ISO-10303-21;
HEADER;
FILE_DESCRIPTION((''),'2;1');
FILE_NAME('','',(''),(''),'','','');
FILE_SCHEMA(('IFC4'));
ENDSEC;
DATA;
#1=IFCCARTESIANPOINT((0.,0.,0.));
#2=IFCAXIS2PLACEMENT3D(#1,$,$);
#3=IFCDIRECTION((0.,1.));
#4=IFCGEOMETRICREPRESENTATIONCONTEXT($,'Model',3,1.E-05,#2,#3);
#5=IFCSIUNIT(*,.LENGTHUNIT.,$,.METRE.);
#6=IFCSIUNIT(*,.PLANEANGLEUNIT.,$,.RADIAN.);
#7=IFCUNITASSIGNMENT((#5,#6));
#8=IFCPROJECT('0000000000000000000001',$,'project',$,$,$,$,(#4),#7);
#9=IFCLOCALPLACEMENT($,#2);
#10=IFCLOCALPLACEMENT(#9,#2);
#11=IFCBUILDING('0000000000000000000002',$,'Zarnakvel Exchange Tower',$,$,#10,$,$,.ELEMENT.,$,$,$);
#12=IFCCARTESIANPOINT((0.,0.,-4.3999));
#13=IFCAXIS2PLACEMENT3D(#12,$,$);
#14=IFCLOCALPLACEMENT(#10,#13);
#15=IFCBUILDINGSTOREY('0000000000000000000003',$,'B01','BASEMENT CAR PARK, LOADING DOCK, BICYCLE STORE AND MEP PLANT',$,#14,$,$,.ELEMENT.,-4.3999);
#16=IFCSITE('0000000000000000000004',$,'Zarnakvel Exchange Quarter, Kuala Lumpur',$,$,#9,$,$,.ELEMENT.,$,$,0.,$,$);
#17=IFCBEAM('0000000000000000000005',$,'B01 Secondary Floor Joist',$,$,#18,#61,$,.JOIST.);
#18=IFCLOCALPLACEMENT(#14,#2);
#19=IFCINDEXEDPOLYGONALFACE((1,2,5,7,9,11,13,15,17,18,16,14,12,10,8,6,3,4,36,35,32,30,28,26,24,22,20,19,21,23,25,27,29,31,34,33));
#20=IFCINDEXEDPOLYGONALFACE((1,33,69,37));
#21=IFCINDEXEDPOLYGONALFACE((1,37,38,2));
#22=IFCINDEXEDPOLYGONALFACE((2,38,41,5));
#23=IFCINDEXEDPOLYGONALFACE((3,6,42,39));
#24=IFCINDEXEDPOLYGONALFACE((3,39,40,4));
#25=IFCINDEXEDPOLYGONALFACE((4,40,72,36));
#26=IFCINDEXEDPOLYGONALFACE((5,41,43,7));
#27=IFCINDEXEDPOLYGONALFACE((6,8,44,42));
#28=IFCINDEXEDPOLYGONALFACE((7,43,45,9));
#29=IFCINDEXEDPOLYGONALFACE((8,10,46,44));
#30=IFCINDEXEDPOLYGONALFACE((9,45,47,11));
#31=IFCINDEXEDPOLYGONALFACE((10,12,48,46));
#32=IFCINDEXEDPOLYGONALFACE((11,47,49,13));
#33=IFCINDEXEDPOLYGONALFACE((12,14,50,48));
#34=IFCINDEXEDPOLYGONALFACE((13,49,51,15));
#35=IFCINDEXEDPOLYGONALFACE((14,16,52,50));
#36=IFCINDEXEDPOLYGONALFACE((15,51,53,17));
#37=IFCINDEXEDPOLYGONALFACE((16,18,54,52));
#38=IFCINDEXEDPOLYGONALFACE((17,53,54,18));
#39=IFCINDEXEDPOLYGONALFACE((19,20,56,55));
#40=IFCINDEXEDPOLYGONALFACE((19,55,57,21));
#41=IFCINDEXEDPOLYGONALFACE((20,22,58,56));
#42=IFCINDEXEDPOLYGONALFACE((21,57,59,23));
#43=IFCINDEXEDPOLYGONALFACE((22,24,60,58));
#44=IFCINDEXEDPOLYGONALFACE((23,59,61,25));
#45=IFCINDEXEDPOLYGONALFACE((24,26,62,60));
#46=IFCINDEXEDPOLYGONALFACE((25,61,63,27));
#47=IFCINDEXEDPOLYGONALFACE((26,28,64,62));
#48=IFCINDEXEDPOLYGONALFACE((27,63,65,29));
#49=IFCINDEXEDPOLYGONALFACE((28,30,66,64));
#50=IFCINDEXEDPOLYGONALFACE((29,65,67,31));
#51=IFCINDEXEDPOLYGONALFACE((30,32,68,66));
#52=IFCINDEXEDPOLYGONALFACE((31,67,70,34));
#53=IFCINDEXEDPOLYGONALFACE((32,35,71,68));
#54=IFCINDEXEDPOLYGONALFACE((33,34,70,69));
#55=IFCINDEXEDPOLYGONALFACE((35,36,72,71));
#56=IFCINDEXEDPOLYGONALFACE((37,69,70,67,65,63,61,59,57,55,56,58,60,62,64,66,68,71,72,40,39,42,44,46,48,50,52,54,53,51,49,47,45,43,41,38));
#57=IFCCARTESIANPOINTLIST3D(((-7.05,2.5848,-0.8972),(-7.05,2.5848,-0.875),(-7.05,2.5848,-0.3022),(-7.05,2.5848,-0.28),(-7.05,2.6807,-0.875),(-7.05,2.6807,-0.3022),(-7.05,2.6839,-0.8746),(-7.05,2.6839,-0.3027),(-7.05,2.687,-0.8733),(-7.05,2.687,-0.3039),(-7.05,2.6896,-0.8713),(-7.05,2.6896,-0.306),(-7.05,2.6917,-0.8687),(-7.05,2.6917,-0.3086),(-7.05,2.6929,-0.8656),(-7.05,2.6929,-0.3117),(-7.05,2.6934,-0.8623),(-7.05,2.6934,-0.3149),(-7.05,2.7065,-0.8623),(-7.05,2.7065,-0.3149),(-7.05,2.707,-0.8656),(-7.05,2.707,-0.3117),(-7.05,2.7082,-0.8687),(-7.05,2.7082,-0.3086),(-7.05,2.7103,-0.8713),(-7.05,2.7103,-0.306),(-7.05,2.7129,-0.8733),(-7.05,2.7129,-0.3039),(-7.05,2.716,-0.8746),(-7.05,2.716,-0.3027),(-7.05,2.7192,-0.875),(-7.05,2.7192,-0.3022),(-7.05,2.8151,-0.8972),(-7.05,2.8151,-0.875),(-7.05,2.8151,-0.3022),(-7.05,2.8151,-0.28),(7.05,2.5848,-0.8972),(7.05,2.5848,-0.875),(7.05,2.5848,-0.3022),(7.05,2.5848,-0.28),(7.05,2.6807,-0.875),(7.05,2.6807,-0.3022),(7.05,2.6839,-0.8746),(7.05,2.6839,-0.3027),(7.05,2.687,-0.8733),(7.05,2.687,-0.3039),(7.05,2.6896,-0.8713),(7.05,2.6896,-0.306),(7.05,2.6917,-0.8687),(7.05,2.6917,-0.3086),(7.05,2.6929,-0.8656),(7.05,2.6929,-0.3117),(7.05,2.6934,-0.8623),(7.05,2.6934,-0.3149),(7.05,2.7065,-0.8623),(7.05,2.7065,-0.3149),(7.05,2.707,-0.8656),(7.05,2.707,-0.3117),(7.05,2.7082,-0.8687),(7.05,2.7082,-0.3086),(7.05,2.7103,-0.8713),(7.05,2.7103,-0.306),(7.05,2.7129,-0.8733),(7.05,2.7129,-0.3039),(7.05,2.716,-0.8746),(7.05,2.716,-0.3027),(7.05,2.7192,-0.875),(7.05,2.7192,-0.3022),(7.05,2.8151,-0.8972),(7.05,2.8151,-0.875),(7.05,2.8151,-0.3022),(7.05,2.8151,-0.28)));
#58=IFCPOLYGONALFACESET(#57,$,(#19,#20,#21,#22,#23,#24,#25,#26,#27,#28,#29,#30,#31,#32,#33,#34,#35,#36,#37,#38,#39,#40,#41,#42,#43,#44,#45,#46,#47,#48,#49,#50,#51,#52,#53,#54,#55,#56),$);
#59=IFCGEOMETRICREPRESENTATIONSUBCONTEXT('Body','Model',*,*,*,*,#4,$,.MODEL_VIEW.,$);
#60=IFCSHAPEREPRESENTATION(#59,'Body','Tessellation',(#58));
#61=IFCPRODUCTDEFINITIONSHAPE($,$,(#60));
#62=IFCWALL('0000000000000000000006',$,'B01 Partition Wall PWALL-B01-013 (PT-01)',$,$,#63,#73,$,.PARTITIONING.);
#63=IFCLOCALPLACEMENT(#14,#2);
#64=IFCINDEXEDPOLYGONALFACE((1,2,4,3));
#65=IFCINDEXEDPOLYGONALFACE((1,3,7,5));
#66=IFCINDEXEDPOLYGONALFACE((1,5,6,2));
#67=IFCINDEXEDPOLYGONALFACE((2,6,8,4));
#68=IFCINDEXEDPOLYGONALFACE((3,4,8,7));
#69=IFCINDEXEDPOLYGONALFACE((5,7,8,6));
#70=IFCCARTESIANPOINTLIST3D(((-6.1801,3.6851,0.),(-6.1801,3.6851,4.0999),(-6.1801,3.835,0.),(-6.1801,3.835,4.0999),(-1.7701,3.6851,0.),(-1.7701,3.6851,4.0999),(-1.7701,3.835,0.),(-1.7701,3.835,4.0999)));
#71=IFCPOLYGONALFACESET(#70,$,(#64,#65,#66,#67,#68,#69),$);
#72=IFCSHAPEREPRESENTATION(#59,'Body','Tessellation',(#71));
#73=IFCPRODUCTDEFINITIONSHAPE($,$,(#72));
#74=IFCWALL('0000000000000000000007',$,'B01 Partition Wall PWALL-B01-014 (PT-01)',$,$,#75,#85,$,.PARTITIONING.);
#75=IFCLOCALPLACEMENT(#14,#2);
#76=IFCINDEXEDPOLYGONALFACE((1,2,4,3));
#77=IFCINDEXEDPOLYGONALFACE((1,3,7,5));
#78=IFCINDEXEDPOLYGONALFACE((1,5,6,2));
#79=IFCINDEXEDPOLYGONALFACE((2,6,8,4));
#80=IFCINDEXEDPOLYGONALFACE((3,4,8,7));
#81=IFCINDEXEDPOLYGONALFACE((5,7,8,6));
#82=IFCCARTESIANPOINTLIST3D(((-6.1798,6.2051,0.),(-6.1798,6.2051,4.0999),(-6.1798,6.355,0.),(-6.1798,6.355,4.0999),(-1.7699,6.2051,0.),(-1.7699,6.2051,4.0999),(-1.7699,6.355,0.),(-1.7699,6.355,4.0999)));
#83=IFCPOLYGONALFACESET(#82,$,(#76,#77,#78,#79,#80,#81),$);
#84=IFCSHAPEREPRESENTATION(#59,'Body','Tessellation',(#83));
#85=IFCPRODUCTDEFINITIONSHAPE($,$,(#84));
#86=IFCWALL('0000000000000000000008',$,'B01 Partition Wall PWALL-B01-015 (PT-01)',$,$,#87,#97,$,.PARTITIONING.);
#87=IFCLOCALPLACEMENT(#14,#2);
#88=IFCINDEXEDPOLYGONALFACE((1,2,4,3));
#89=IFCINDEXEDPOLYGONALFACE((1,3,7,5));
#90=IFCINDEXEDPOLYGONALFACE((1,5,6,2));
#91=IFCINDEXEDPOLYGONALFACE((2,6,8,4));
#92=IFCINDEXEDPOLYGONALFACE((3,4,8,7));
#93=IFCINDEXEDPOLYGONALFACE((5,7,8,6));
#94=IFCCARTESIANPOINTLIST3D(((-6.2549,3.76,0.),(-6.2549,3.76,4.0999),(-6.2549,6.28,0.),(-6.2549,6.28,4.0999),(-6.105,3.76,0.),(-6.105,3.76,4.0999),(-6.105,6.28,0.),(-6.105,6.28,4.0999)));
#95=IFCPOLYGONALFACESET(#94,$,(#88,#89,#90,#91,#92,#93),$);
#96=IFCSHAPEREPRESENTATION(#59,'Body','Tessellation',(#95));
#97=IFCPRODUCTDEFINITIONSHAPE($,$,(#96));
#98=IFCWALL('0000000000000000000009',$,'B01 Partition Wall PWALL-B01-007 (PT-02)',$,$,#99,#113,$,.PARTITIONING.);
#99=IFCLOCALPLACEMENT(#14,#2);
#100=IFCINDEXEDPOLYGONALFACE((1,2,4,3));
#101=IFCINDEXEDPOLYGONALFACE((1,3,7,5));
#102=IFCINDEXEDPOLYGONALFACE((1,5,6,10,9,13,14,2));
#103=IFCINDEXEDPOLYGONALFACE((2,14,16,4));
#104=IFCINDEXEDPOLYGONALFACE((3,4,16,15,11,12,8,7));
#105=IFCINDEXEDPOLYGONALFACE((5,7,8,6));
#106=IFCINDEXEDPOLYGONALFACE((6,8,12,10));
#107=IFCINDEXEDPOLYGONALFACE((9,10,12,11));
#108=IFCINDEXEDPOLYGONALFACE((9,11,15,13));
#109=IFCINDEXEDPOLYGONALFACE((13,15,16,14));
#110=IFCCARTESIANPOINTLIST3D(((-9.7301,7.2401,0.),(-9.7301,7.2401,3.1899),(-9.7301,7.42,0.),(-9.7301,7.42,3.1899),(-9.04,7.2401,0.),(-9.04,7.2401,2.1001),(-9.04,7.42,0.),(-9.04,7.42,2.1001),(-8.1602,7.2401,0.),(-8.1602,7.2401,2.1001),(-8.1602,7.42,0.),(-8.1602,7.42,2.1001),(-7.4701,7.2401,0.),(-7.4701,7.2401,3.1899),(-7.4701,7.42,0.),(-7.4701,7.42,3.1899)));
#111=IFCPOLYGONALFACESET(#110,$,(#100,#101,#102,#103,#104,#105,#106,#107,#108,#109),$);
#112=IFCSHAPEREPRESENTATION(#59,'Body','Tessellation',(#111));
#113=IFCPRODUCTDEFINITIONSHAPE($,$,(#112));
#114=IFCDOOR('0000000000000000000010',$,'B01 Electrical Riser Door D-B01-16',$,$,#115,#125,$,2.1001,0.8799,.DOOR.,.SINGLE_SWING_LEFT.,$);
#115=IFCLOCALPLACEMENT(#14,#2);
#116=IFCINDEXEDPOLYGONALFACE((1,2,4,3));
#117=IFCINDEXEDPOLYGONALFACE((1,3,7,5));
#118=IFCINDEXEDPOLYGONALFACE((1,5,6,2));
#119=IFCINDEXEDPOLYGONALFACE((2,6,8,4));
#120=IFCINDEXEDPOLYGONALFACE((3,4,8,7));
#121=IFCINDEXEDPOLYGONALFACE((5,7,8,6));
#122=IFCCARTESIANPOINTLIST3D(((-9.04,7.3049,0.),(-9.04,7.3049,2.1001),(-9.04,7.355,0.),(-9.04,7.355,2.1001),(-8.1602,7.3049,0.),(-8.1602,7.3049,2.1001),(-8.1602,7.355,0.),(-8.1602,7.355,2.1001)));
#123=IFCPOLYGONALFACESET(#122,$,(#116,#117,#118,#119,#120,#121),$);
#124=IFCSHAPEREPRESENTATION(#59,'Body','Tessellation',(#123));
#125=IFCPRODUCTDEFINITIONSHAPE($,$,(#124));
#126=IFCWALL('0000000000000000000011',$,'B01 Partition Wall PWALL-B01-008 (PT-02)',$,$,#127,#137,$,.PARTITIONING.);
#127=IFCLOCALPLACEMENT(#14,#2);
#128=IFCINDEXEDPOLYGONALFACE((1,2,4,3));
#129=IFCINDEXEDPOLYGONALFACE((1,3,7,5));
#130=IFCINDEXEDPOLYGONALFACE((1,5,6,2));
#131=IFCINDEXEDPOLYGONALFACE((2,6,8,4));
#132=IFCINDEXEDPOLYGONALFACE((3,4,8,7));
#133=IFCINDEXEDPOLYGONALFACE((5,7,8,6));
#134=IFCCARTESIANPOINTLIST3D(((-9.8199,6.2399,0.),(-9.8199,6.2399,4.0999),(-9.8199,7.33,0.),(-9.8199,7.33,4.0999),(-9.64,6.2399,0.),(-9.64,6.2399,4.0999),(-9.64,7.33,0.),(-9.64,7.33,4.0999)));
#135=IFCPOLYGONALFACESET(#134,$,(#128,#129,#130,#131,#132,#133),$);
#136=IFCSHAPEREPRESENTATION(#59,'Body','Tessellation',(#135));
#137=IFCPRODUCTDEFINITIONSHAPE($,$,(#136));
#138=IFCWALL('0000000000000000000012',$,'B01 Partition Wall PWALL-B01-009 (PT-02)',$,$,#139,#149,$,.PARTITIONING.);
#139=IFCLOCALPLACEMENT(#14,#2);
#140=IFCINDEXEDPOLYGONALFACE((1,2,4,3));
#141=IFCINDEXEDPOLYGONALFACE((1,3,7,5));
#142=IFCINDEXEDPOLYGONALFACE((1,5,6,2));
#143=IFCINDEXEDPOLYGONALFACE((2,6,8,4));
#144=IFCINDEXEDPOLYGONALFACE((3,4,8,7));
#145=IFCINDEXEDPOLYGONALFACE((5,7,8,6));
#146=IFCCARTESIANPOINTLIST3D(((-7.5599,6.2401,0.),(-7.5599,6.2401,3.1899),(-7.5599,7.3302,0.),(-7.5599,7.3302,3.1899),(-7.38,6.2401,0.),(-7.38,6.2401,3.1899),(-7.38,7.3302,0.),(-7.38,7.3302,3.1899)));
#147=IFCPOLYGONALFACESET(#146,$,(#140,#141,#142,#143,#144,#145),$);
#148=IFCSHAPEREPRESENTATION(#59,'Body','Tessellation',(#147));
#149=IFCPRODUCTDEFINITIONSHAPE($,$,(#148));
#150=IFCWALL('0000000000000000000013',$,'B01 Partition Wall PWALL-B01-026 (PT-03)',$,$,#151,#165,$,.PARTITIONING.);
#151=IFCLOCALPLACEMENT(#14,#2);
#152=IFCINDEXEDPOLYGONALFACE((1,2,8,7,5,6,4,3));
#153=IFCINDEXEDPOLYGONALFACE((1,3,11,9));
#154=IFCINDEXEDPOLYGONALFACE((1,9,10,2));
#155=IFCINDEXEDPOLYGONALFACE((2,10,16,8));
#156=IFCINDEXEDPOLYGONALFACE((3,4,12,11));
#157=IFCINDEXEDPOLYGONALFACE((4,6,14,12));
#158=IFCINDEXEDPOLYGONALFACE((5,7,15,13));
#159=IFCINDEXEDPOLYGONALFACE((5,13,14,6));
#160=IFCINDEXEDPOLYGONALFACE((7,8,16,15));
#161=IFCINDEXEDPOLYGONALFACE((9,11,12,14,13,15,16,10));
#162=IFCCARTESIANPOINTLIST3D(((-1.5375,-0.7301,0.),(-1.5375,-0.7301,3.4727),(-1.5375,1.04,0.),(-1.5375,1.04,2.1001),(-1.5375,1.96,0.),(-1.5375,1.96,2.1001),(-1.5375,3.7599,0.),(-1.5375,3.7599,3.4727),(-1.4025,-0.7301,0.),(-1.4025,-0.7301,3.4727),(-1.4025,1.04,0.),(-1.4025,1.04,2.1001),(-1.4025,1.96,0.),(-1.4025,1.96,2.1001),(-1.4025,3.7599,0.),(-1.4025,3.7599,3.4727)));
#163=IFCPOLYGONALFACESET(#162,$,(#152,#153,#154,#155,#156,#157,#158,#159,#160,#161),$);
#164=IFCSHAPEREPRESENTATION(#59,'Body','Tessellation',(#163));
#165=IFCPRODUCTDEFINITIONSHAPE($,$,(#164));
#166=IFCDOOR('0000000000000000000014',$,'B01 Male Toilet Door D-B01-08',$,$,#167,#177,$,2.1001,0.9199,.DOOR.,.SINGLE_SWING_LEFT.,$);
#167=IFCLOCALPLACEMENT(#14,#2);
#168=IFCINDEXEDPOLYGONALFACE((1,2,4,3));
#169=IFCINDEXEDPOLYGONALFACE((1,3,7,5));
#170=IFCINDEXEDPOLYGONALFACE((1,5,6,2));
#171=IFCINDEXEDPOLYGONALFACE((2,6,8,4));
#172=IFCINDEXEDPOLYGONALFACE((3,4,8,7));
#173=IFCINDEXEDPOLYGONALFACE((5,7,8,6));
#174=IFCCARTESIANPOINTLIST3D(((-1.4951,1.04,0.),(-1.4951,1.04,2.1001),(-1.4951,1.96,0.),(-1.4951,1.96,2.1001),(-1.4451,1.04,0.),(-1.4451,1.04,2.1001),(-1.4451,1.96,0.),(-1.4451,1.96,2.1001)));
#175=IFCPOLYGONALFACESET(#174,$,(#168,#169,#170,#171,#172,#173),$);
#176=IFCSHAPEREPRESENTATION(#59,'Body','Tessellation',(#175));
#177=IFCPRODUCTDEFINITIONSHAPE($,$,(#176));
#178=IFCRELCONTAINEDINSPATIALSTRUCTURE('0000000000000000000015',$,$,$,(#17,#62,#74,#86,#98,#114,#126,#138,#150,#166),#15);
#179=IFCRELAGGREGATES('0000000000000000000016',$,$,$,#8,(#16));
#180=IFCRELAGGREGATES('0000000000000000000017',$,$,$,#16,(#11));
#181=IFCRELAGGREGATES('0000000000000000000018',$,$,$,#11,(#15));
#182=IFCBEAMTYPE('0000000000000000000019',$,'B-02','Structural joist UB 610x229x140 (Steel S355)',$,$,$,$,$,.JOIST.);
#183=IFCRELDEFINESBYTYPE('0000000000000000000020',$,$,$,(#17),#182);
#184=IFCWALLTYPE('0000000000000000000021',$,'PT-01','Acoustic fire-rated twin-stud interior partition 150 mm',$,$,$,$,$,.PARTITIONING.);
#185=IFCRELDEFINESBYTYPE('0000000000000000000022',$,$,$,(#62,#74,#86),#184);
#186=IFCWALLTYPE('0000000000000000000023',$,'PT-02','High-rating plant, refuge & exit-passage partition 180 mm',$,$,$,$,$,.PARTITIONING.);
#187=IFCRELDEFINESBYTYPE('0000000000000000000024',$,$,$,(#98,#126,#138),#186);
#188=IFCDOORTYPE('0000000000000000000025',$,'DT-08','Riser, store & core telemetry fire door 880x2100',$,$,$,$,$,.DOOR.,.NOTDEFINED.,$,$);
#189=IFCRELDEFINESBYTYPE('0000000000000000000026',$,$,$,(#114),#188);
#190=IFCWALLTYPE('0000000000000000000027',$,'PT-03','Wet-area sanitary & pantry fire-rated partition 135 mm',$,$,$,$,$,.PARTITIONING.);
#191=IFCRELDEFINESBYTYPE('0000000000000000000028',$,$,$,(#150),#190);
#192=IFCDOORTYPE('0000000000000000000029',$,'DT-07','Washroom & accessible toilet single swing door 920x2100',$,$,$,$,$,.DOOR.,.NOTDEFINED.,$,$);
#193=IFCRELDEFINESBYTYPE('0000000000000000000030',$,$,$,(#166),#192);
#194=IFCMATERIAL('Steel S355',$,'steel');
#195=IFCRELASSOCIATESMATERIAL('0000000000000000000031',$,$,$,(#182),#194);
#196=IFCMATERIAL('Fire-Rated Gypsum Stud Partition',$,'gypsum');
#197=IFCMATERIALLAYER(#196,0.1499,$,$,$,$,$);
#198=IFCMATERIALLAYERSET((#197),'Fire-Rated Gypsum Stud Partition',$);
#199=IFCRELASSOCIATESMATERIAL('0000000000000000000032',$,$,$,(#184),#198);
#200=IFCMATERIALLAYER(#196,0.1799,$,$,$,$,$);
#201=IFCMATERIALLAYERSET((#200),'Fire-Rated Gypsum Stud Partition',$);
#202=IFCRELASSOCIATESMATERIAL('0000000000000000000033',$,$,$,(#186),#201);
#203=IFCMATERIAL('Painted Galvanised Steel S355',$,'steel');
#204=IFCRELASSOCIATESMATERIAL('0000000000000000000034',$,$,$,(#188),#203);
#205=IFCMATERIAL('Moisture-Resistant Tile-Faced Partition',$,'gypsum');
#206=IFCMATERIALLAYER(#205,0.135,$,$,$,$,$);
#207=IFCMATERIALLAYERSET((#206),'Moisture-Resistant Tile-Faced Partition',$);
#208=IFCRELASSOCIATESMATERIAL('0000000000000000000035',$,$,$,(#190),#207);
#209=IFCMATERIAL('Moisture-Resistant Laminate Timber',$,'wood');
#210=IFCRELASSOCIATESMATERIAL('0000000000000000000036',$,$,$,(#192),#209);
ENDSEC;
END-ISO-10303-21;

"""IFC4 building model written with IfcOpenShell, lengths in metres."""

from ifc_helpers import new_model, si_unit, direction, frame, frame_2d, origin, origin_2d, place, context, subcontext, project, spatial, rectangle, i_section, extrude, source, transform, mapped, material, layer, layer_set, material_profile, profile_set, type_object, element, fill, save


model = new_model("IFC4")

# Units and contexts
model_context = context("Model", 3, precision=1e-05, world=origin(), true_north=direction((0.0, 1.0)))
body_context = subcontext(model_context, "Body", "Model", "MODEL_VIEW")
ifc_project = project(units=[si_unit("LENGTHUNIT", "METRE"), si_unit("PLANEANGLEUNIT", "RADIAN")], contexts=[model_context])

# Site, building, storey
site_placement = place(None, origin())
site = spatial("IfcSite", under=ifc_project, at=site_placement, Name="Zarnakvel Exchange Quarter, Kuala Lumpur", CompositionType="ELEMENT", RefElevation=0.0)
building_placement = place(site_placement, origin())
building = spatial("IfcBuilding", under=site, at=building_placement, Name="Zarnakvel Exchange Tower", CompositionType="ELEMENT")
storey_placement = place(building_placement, frame((0.0, 0.0, -4.3999)))
storey = spatial("IfcBuildingStorey", under=building, at=storey_placement, Name="B01", Description="BASEMENT CAR PARK, LOADING DOCK, BICYCLE STORE AND MEP PLANT", CompositionType="ELEMENT", Elevation=-4.3999)

# Beam
ifc_material_1 = material(Name="Steel S355", Category="steel")
ifc_material_profile = material_profile(ifc_material_1, i_section(OverallWidth=0.2302, OverallDepth=0.6172, WebThickness=0.0132, FlangeThickness=0.0222, FilletRadius=0.0127, at=origin_2d()))
ifc_profile_set = profile_set([ifc_material_profile], Name="Steel S355")
beam_type = type_object("IfcBeamType", Name="B-02", Description="Structural joist UB 610x229x140 (Steel S355)", PredefinedType="JOIST", material=ifc_profile_set)
beam_placement = place(storey_placement, frame((-7.05, 2.7, -0.5886), z_axis=(1.0, 0.0, 0.0), x_axis=(0.0, 1.0, 0.0)))
element("IfcBeam", 1, at=beam_placement, inside=storey, type_object=beam_type, Name="B01 Secondary Floor Joist", PredefinedType="JOIST", context=body_context, shape_type="SweptSolid", body=[
    extrude(i_section(OverallWidth=0.2302, OverallDepth=0.6172, WebThickness=0.0132, FlangeThickness=0.0222, FilletRadius=0.0127, at=origin_2d()), origin(), (0.0, 0.0, 1.0), 14.1001),
])

# Walls
ifc_material_2 = material(Name="Fire-Rated Gypsum Stud Partition", Category="gypsum")
ifc_layer_1 = layer(ifc_material_2, 0.1499)
ifc_layer_set_1 = layer_set([ifc_layer_1], Name="Fire-Rated Gypsum Stud Partition")
wall_type_1 = type_object("IfcWallType", Name="PT-01", Description="Acoustic fire-rated twin-stud interior partition 150 mm", PredefinedType="PARTITIONING", material=ifc_layer_set_1)
for number, where, z_axis, x_axis, name in (
    (2, (-1.77, 3.76, 0.0), (0.0, 0.0, 1.0), (-1.0, 0.0, 0.0), "B01 Partition Wall PWALL-B01-013 (PT-01)"),
    (3, (-6.1799, 6.28, 0.0), (0.0, 0.0, 1.0), (1.0, 0.0, 0.0), "B01 Partition Wall PWALL-B01-014 (PT-01)"),
):
    element("IfcWall", number, at=place(storey_placement, frame(where, z_axis=z_axis, x_axis=x_axis)), inside=storey, type_object=wall_type_1, Name=name, PredefinedType="PARTITIONING", context=body_context, shape_type="SweptSolid", body=[
        extrude(rectangle(XDim=4.4099, YDim=0.1499, at=frame_2d((2.2051, 0.0))), origin(), (0.0, 0.0, 1.0), 4.0999),
    ])
wall_1_placement = place(storey_placement, frame((-6.1799, 3.76, 0.0), z_axis=(0.0, 0.0, 1.0), x_axis=(0.0, 1.0, 0.0)))
element("IfcWall", 4, at=wall_1_placement, inside=storey, type_object=wall_type_1, Name="B01 Partition Wall PWALL-B01-015 (PT-01)", PredefinedType="PARTITIONING", context=body_context, shape_type="SweptSolid", body=[
    extrude(rectangle(XDim=2.52, YDim=0.1499, at=frame_2d((1.26, 0.0))), origin(), (0.0, 0.0, 1.0), 4.0999),
])

# Wall, opening, door
ifc_layer_2 = layer(ifc_material_2, 0.1799)
ifc_layer_set_2 = layer_set([ifc_layer_2], Name="Fire-Rated Gypsum Stud Partition")
wall_type_2 = type_object("IfcWallType", Name="PT-02", Description="High-rating plant, refuge & exit-passage partition 180 mm", PredefinedType="PARTITIONING", material=ifc_layer_set_2)
wall_2_placement = place(storey_placement, frame((-9.73, 7.3301, 0.0), z_axis=(0.0, 0.0, 1.0), x_axis=(1.0, 0.0, 0.0)))
wall_2 = element("IfcWall", 5, at=wall_2_placement, inside=storey, type_object=wall_type_2, Name="B01 Partition Wall PWALL-B01-007 (PT-02)", PredefinedType="PARTITIONING", context=body_context, shape_type="SweptSolid", body=[
    extrude(rectangle(XDim=2.26, YDim=0.1799, at=frame_2d((1.1299, 0.0))), origin(), (0.0, 0.0, 1.0), 3.1899),
])
opening_1_placement = place(wall_2_placement, frame((0.6899, 0.0, 0.0)))
opening_1 = element("IfcOpeningElement", 6, at=opening_1_placement, cuts=wall_2, PredefinedType="OPENING", context=body_context, shape_type="SweptSolid", body=[
    extrude(rectangle(XDim=0.8799, YDim=2.1001, at=frame_2d((0.4399, 1.05))), frame((0.0, 0.0999, 0.0), z_axis=(0.0, -1.0, 0.0), x_axis=(1.0, 0.0, 0.0)), (0.0, 0.0, 1.0), 0.2),
])
ifc_material_3 = material(Name="Painted Galvanised Steel S355", Category="steel")
door_type_1 = type_object("IfcDoorType", Name="DT-08", Description="Riser, store & core telemetry fire door 880x2100", OperationType="NOTDEFINED", PredefinedType="DOOR", material=ifc_material_3)
shared_shape_1 = source(origin(), body_context, "Body", "SweptSolid", [
    extrude(rectangle(XDim=0.8799, YDim=2.1001, at=frame_2d((0.4399, 1.05))), frame((0.0, 0.0249, 0.0), z_axis=(0.0, -1.0, 0.0), x_axis=(1.0, 0.0, 0.0)), (0.0, 0.0, 1.0), 0.05),
])
door_1_placement = place(opening_1_placement, origin())
door_1 = element("IfcDoor", 7, at=door_1_placement, inside=storey, type_object=door_type_1, Name="B01 Electrical Riser Door D-B01-16", OperationType="SINGLE_SWING_LEFT", OverallHeight=2.1001, OverallWidth=0.8799, PredefinedType="DOOR", context=body_context, shape_type="MappedRepresentation", body=[
    mapped(shared_shape_1, transform((0.0, 0.0, 0.0), x_axis=(1.0, 0.0, 0.0), y_axis=(0.0, 1.0, 0.0), z_axis=(0.0, 0.0, 1.0), scale=1.0)),
])
fill(opening_1, door_1)

# Walls
wall_3_placement = place(storey_placement, frame((-9.73, 6.24, 0.0), z_axis=(0.0, 0.0, 1.0), x_axis=(0.0, 1.0, 0.0)))
element("IfcWall", 8, at=wall_3_placement, inside=storey, type_object=wall_type_2, Name="B01 Partition Wall PWALL-B01-008 (PT-02)", PredefinedType="PARTITIONING", context=body_context, shape_type="SweptSolid", body=[
    extrude(rectangle(XDim=1.0901, YDim=0.1799, at=frame_2d((0.5449, 0.0))), origin(), (0.0, 0.0, 1.0), 4.0999),
])
wall_4_placement = place(storey_placement, frame((-7.47, 7.3301, 0.0), z_axis=(0.0, 0.0, 1.0), x_axis=(0.0, -1.0, 0.0)))
element("IfcWall", 9, at=wall_4_placement, inside=storey, type_object=wall_type_2, Name="B01 Partition Wall PWALL-B01-009 (PT-02)", PredefinedType="PARTITIONING", context=body_context, shape_type="SweptSolid", body=[
    extrude(rectangle(XDim=1.0901, YDim=0.1799, at=frame_2d((0.5449, 0.0))), origin(), (0.0, 0.0, 1.0), 3.1899),
])

# Wall, opening, door
ifc_material_4 = material(Name="Moisture-Resistant Tile-Faced Partition", Category="gypsum")
ifc_layer_3 = layer(ifc_material_4, 0.135)
ifc_layer_set_3 = layer_set([ifc_layer_3], Name="Moisture-Resistant Tile-Faced Partition")
wall_type_3 = type_object("IfcWallType", Name="PT-03", Description="Wet-area sanitary & pantry fire-rated partition 135 mm", PredefinedType="PARTITIONING", material=ifc_layer_set_3)
wall_5_placement = place(storey_placement, frame((-1.47, 3.76, 0.0), z_axis=(0.0, 0.0, 1.0), x_axis=(0.0, -1.0, 0.0)))
wall_5 = element("IfcWall", 10, at=wall_5_placement, inside=storey, type_object=wall_type_3, Name="B01 Partition Wall PWALL-B01-026 (PT-03)", PredefinedType="PARTITIONING", context=body_context, shape_type="SweptSolid", body=[
    extrude(rectangle(XDim=4.49, YDim=0.135, at=frame_2d((2.2451, 0.0))), origin(), (0.0, 0.0, 1.0), 3.4727),
])
opening_2_placement = place(wall_5_placement, frame((1.8, 0.0, 0.0)))
opening_2 = element("IfcOpeningElement", 11, at=opening_2_placement, cuts=wall_5, PredefinedType="OPENING", context=body_context, shape_type="SweptSolid", body=[
    extrude(rectangle(XDim=0.9199, YDim=2.1001, at=frame_2d((0.46, 1.05))), frame((0.0, 0.0774, 0.0), z_axis=(0.0, -1.0, 0.0), x_axis=(1.0, 0.0, 0.0)), (0.0, 0.0, 1.0), 0.155),
])
ifc_material_5 = material(Name="Moisture-Resistant Laminate Timber", Category="wood")
door_type_2 = type_object("IfcDoorType", Name="DT-07", Description="Washroom & accessible toilet single swing door 920x2100", OperationType="NOTDEFINED", PredefinedType="DOOR", material=ifc_material_5)
shared_shape_2 = source(origin(), body_context, "Body", "SweptSolid", [
    extrude(rectangle(XDim=0.9199, YDim=2.1001, at=frame_2d((0.46, 1.05))), frame((0.0, 0.0249, 0.0), z_axis=(0.0, -1.0, 0.0), x_axis=(1.0, 0.0, 0.0)), (0.0, 0.0, 1.0), 0.05),
])
door_2_placement = place(opening_2_placement, origin())
door_2 = element("IfcDoor", 12, at=door_2_placement, inside=storey, type_object=door_type_2, Name="B01 Male Toilet Door D-B01-08", OperationType="SINGLE_SWING_LEFT", OverallHeight=2.1001, OverallWidth=0.9199, PredefinedType="DOOR", context=body_context, shape_type="MappedRepresentation", body=[
    mapped(shared_shape_2, transform((0.0, 0.0, 0.0), x_axis=(1.0, 0.0, 0.0), y_axis=(0.0, 1.0, 0.0), z_axis=(0.0, 0.0, 1.0), scale=1.0)),
])
fill(opening_2, door_2)

save(model, "model.ifc")
